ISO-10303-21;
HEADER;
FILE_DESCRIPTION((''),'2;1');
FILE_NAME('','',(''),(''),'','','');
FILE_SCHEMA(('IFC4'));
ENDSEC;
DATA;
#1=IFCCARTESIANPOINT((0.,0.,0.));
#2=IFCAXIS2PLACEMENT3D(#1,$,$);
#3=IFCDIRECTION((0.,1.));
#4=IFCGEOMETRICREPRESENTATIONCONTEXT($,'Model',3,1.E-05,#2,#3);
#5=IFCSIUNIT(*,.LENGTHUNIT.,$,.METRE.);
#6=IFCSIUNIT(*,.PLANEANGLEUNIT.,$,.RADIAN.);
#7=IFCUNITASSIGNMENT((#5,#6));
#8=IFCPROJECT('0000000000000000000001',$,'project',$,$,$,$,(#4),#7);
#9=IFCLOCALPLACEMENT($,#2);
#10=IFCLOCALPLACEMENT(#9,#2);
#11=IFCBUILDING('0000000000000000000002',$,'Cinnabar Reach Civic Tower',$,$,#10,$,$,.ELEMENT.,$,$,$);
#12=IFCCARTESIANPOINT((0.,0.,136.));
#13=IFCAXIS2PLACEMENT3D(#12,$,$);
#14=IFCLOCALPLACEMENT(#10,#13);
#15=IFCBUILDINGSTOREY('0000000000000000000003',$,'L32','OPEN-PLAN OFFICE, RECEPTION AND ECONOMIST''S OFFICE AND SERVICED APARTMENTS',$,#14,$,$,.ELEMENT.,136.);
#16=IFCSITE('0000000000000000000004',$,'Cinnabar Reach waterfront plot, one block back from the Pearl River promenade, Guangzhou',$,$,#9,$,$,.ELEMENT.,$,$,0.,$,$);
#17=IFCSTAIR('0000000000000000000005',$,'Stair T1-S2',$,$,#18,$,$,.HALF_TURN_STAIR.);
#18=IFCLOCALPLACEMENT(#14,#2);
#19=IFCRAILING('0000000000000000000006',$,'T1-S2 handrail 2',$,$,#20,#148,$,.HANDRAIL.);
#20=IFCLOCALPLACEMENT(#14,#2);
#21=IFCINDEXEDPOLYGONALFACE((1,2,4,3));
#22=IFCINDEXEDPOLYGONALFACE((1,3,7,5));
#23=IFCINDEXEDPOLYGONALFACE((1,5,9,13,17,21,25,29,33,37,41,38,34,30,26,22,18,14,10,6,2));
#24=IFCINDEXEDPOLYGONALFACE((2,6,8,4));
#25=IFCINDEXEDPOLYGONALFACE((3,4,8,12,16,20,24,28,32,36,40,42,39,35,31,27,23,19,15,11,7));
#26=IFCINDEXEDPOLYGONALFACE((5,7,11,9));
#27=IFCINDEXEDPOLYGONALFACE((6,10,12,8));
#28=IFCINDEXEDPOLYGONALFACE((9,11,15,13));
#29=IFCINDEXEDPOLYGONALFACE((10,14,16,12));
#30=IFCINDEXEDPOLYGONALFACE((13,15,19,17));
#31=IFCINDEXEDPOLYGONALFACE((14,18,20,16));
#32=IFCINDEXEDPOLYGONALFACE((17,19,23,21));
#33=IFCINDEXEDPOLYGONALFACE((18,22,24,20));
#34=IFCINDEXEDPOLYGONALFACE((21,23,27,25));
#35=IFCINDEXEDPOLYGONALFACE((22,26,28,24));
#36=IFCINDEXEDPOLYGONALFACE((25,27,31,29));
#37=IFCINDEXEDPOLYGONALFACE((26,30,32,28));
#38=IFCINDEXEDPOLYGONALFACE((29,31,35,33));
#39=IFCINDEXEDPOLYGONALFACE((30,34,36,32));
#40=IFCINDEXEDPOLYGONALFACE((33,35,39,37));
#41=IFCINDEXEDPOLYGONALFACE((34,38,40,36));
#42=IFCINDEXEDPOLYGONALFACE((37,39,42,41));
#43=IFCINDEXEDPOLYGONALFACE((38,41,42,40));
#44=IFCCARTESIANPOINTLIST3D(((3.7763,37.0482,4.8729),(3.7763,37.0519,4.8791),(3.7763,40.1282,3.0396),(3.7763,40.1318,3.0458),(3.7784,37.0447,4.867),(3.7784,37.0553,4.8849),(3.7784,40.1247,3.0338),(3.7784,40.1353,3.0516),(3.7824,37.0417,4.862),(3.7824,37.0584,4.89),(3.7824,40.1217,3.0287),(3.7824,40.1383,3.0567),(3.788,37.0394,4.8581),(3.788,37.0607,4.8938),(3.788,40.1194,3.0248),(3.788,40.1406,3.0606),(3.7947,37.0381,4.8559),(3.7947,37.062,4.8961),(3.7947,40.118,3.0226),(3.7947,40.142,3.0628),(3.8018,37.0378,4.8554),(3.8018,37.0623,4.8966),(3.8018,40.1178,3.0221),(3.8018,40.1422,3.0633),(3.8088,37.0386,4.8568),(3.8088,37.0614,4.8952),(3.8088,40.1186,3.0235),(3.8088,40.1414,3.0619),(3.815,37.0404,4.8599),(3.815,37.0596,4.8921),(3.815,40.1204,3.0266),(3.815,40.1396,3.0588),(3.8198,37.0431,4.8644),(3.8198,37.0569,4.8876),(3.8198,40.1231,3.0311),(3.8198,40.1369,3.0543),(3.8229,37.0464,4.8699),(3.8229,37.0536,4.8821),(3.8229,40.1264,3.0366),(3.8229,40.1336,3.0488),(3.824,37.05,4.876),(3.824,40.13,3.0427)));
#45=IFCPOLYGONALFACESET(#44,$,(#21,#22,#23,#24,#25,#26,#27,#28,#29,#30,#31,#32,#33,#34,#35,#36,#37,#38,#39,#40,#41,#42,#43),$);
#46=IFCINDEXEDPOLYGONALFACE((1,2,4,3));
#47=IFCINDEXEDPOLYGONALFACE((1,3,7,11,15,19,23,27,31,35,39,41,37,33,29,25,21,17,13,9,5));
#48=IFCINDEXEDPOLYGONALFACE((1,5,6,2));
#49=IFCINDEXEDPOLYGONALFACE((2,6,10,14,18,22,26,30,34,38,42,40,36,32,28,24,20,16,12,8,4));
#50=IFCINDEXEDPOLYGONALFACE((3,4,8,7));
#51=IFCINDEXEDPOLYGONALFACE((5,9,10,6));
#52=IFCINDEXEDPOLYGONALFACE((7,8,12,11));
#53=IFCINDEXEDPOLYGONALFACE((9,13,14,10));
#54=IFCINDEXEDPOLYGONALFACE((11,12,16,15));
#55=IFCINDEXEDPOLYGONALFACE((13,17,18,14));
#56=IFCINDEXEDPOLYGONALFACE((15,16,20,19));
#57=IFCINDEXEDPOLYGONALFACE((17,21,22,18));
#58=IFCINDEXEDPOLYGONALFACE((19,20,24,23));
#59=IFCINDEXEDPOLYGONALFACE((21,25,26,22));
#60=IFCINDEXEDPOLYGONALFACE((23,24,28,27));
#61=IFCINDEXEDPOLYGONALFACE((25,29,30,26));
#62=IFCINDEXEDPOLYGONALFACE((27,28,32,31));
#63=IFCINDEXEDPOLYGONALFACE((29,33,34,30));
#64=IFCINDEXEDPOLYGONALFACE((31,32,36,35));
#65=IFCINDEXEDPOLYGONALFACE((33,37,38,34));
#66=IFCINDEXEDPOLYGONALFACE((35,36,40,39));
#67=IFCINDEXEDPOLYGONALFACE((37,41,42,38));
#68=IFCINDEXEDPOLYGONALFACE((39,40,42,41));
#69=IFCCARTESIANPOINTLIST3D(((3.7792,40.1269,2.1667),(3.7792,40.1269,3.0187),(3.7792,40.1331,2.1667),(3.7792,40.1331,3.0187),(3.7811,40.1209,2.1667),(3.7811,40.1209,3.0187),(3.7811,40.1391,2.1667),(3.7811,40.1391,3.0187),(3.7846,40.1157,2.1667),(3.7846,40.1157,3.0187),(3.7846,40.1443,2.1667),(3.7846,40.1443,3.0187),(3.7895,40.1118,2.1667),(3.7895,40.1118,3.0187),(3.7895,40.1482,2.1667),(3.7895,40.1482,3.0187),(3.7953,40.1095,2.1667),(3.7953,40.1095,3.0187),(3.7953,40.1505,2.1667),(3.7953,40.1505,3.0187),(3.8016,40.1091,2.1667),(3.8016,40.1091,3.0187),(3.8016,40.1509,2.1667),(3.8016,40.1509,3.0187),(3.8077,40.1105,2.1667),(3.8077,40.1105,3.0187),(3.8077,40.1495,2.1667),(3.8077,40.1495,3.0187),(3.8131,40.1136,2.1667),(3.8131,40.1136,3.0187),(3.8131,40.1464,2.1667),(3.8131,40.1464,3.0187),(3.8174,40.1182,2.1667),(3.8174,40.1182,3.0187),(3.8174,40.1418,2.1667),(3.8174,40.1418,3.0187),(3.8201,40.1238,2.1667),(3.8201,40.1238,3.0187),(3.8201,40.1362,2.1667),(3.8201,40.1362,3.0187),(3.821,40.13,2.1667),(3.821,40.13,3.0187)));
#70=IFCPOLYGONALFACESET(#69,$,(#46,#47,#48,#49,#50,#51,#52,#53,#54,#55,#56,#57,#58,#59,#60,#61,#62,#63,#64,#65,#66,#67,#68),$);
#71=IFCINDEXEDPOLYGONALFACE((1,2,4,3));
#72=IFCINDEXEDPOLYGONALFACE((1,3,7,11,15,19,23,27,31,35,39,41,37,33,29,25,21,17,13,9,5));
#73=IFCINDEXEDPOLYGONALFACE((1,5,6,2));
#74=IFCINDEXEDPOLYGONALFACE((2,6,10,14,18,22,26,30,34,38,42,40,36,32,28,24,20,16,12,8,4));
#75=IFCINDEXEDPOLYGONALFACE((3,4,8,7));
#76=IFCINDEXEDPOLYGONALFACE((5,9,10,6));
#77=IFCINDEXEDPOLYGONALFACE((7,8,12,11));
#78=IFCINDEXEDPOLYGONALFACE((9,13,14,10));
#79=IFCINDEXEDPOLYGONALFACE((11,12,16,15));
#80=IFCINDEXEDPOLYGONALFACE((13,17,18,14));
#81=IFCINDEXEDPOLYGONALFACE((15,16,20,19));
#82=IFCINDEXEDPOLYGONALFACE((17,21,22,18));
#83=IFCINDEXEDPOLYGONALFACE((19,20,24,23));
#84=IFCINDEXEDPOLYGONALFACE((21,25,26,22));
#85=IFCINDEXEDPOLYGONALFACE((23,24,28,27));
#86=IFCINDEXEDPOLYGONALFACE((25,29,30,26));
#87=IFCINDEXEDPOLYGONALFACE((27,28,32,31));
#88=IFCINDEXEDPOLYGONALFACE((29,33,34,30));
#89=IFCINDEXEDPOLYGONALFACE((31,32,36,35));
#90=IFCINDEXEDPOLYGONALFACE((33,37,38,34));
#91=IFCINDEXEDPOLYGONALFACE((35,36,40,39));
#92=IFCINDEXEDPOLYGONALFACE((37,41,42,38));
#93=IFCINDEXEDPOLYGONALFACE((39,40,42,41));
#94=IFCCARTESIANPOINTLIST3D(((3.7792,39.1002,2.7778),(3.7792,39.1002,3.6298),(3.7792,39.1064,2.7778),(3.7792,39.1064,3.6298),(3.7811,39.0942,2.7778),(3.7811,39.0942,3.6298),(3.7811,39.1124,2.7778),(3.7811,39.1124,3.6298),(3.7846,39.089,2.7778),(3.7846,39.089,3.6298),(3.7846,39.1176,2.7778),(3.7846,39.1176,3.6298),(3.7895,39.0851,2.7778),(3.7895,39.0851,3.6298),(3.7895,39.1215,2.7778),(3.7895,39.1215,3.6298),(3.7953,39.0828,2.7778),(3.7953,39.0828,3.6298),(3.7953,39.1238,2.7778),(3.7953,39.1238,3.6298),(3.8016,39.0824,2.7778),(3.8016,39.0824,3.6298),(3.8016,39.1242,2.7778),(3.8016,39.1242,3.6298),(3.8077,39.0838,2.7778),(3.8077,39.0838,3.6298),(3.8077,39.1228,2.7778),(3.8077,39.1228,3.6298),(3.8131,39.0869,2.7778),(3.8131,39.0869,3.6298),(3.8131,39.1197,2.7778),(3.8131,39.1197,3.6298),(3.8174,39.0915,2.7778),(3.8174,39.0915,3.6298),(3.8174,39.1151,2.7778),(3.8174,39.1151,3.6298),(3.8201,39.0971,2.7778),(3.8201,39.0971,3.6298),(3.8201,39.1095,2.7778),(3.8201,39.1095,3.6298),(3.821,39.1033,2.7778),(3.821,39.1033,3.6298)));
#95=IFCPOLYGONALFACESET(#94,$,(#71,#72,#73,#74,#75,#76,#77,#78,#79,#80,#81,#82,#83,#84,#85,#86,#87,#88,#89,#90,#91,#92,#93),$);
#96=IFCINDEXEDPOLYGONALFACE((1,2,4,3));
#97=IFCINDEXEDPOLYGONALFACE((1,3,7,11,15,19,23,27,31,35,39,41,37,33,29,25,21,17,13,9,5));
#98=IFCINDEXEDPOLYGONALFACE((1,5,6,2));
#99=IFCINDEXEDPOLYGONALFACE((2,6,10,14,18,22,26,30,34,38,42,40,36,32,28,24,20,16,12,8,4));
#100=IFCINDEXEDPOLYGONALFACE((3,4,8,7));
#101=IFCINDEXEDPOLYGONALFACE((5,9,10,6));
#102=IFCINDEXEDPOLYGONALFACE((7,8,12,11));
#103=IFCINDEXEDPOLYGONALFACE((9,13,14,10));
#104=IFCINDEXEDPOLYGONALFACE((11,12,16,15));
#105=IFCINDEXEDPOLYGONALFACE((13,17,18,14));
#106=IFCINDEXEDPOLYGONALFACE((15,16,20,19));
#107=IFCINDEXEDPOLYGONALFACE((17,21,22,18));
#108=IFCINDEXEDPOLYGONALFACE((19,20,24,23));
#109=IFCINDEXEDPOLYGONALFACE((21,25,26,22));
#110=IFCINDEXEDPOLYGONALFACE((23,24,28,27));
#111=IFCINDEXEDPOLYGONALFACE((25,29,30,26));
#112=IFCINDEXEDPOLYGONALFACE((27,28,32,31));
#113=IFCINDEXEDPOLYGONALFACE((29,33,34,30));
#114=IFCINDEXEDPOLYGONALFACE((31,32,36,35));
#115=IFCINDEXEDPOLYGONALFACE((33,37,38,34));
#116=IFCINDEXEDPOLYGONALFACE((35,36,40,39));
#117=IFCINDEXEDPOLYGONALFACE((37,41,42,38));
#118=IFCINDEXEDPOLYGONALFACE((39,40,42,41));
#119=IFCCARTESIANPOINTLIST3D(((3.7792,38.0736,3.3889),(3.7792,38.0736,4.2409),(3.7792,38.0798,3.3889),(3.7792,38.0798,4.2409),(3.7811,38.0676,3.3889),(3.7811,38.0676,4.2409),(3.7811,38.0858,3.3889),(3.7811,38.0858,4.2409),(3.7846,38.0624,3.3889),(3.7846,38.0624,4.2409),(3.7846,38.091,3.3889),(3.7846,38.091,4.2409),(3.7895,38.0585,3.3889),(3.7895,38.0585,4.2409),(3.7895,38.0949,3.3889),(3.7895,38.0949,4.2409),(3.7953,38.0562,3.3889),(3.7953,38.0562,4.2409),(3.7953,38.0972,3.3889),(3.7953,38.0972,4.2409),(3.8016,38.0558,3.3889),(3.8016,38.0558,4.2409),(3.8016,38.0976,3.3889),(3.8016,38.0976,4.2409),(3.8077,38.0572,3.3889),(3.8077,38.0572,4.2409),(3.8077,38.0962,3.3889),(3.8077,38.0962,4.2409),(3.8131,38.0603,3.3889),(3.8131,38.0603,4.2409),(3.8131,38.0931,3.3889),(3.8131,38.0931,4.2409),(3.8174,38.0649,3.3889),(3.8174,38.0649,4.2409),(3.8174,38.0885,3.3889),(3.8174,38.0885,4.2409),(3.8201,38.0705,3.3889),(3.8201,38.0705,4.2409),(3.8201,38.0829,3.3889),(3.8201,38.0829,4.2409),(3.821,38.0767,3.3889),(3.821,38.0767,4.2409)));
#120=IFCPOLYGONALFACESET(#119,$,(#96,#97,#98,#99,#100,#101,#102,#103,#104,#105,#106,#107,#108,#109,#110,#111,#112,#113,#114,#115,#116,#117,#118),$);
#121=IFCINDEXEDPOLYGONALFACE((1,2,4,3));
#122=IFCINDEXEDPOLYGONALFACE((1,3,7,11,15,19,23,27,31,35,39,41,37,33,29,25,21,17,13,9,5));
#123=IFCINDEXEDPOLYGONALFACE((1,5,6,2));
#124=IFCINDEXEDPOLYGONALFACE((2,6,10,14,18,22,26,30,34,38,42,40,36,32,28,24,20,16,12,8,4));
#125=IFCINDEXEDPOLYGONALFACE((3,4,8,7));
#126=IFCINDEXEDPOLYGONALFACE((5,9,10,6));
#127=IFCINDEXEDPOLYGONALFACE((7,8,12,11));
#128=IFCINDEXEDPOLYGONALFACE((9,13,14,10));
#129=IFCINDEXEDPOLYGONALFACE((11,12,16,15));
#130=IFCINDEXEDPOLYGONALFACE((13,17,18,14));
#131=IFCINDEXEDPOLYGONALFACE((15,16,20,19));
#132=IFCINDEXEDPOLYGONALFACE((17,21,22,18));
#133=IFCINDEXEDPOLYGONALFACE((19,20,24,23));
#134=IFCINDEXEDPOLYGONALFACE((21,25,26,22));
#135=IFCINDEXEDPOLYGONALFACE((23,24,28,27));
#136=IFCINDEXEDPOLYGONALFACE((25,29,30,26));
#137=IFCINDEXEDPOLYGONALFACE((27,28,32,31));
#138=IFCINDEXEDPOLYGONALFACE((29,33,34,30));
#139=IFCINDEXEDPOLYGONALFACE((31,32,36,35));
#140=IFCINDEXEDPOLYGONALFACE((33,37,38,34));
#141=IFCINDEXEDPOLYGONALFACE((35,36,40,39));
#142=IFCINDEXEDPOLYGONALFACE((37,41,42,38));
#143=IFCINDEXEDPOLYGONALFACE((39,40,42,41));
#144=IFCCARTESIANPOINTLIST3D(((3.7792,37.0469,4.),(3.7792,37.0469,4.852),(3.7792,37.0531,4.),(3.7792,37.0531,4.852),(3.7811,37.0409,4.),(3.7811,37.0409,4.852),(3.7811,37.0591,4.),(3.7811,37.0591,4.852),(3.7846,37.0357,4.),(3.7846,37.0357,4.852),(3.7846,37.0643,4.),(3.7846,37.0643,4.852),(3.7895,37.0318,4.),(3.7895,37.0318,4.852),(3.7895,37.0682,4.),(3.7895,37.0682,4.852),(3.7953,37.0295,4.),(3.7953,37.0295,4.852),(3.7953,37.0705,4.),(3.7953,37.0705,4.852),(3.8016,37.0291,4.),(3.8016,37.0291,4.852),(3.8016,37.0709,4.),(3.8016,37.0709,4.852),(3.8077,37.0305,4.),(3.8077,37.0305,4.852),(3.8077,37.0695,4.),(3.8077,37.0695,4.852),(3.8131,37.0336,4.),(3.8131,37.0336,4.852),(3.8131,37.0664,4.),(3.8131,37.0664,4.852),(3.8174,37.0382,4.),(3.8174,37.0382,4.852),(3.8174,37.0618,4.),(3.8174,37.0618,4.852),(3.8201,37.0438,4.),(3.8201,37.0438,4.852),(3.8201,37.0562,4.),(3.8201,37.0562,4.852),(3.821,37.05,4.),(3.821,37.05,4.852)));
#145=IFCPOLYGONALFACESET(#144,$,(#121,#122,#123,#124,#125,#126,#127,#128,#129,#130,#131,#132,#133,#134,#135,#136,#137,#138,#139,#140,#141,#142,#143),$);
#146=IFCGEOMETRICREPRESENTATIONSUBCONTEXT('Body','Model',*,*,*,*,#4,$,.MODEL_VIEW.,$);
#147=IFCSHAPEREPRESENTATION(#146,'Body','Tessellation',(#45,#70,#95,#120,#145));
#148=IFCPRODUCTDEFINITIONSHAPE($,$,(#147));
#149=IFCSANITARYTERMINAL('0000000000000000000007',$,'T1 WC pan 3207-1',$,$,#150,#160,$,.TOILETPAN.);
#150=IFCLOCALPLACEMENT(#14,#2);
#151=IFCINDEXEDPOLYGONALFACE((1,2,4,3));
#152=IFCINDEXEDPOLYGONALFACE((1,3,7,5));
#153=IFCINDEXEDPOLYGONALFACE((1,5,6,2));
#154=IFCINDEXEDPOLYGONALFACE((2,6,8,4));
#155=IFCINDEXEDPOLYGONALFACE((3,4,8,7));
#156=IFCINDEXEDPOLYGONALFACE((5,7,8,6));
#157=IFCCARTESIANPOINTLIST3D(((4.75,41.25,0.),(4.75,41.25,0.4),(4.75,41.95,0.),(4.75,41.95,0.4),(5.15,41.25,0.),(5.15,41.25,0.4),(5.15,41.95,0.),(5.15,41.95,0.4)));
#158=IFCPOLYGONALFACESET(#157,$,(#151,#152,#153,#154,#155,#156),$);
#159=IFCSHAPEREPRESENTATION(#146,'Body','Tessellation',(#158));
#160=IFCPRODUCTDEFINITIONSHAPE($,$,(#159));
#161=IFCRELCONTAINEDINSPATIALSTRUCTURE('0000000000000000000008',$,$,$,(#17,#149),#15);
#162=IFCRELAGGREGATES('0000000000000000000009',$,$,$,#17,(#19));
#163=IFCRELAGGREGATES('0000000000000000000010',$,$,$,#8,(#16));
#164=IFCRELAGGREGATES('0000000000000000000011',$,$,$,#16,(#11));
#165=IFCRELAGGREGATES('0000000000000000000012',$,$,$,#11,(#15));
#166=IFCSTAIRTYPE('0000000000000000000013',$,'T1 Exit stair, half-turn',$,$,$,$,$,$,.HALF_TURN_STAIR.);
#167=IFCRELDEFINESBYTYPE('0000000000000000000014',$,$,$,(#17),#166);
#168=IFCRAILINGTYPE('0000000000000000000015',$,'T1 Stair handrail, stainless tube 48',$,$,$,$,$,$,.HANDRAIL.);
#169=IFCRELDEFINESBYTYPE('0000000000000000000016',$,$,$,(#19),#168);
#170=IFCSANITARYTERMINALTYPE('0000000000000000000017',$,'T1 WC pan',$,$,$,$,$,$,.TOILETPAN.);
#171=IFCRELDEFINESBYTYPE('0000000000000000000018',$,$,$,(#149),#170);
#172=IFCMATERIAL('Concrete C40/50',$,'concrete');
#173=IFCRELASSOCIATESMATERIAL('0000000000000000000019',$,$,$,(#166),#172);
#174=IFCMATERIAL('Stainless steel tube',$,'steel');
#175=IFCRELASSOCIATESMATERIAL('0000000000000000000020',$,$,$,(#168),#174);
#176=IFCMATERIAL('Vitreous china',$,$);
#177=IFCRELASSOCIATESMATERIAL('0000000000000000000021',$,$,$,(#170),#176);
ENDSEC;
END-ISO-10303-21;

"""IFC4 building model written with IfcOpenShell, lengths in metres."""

from ifc_helpers import new_model, si_unit, direction, frame, origin, origin_2d, place, context, subcontext, project, spatial, rectangle, circle, extrude, material, type_object, element, aggregate, save


model = new_model("IFC4")

# Units and contexts
model_context = context("Model", 3, precision=1e-05, world=origin(), true_north=direction((0.0, 1.0)))
body_context = subcontext(model_context, "Body", "Model", "MODEL_VIEW")
ifc_project = project(units=[si_unit("LENGTHUNIT", "METRE"), si_unit("PLANEANGLEUNIT", "RADIAN")], contexts=[model_context])

# Site, building, storey
site_placement = place(None, origin())
site = spatial("IfcSite", under=ifc_project, at=site_placement, Name="Cinnabar Reach waterfront plot, one block back from the Pearl River promenade, Guangzhou", CompositionType="ELEMENT", RefElevation=0.0)
building_placement = place(site_placement, origin())
building = spatial("IfcBuilding", under=site, at=building_placement, Name="Cinnabar Reach Civic Tower", CompositionType="ELEMENT")
storey_placement = place(building_placement, frame((0.0, 0.0, 136.0)))
storey = spatial("IfcBuildingStorey", under=building, at=storey_placement, Name="L32", Description="OPEN-PLAN OFFICE, RECEPTION AND ECONOMIST'S OFFICE AND SERVICED APARTMENTS", CompositionType="ELEMENT", Elevation=136.0)

# Stair, railing
ifc_material_1 = material(Name="Concrete C40/50", Category="concrete")
stair_type = type_object("IfcStairType", Name="T1 Exit stair, half-turn", PredefinedType="HALF_TURN_STAIR", material=ifc_material_1)
stair_placement = place(storey_placement, origin())
stair = element("IfcStair", 1, at=stair_placement, inside=storey, type_object=stair_type, Name="Stair T1-S2", PredefinedType="HALF_TURN_STAIR")
ifc_material_2 = material(Name="Stainless steel tube", Category="steel")
railing_type = type_object("IfcRailingType", Name="T1 Stair handrail, stainless tube 48", PredefinedType="HANDRAIL", material=ifc_material_2)
railing_1_placement = place(storey_placement, frame((3.8, 40.13, 2.1667)))
railing_1 = element("IfcRailing", 2, at=railing_1_placement, type_object=railing_type, Name="T1-S2 handrail 2", PredefinedType="HANDRAIL", context=body_context, shape_type="SweptSolid", body=[
    extrude(circle(Radius=0.024, at=origin_2d()), frame((0.0, 0.0, 0.876), z_axis=(0.0, -0.859297, 0.511477), x_axis=(1.0, 0.0, 0.0)), (0.0, 0.0, 1.0), 3.5843),
    extrude(circle(Radius=0.021, at=origin_2d()), origin(), (0.0, 0.0, 1.0), 0.852),
    extrude(circle(Radius=0.021, at=origin_2d()), frame((0.0, -1.0267, 0.6111)), (0.0, 0.0, 1.0), 0.852),
    extrude(circle(Radius=0.021, at=origin_2d()), frame((0.0, -2.0533, 1.2222)), (0.0, 0.0, 1.0), 0.852),
    extrude(circle(Radius=0.021, at=origin_2d()), frame((0.0, -3.08, 1.8333)), (0.0, 0.0, 1.0), 0.852),
])
aggregate(stair, [railing_1])

# Sanitary terminal
ifc_material_3 = material(Name="Vitreous china")
sanitary_terminal_type = type_object("IfcSanitaryTerminalType", Name="T1 WC pan", PredefinedType="TOILETPAN", material=ifc_material_3)
sanitary_terminal_placement = place(storey_placement, frame((4.95, 41.6, 0.0), z_axis=(0.0, 0.0, 1.0), x_axis=(1.0, 0.0, 0.0)))
element("IfcSanitaryTerminal", 3, at=sanitary_terminal_placement, inside=storey, type_object=sanitary_terminal_type, Name="T1 WC pan 3207-1", PredefinedType="TOILETPAN", context=body_context, shape_type="SweptSolid", body=[
    extrude(rectangle(XDim=0.4, YDim=0.7, at=origin_2d()), origin(), (0.0, 0.0, 1.0), 0.4),
])

save(model, "model.ifc")
